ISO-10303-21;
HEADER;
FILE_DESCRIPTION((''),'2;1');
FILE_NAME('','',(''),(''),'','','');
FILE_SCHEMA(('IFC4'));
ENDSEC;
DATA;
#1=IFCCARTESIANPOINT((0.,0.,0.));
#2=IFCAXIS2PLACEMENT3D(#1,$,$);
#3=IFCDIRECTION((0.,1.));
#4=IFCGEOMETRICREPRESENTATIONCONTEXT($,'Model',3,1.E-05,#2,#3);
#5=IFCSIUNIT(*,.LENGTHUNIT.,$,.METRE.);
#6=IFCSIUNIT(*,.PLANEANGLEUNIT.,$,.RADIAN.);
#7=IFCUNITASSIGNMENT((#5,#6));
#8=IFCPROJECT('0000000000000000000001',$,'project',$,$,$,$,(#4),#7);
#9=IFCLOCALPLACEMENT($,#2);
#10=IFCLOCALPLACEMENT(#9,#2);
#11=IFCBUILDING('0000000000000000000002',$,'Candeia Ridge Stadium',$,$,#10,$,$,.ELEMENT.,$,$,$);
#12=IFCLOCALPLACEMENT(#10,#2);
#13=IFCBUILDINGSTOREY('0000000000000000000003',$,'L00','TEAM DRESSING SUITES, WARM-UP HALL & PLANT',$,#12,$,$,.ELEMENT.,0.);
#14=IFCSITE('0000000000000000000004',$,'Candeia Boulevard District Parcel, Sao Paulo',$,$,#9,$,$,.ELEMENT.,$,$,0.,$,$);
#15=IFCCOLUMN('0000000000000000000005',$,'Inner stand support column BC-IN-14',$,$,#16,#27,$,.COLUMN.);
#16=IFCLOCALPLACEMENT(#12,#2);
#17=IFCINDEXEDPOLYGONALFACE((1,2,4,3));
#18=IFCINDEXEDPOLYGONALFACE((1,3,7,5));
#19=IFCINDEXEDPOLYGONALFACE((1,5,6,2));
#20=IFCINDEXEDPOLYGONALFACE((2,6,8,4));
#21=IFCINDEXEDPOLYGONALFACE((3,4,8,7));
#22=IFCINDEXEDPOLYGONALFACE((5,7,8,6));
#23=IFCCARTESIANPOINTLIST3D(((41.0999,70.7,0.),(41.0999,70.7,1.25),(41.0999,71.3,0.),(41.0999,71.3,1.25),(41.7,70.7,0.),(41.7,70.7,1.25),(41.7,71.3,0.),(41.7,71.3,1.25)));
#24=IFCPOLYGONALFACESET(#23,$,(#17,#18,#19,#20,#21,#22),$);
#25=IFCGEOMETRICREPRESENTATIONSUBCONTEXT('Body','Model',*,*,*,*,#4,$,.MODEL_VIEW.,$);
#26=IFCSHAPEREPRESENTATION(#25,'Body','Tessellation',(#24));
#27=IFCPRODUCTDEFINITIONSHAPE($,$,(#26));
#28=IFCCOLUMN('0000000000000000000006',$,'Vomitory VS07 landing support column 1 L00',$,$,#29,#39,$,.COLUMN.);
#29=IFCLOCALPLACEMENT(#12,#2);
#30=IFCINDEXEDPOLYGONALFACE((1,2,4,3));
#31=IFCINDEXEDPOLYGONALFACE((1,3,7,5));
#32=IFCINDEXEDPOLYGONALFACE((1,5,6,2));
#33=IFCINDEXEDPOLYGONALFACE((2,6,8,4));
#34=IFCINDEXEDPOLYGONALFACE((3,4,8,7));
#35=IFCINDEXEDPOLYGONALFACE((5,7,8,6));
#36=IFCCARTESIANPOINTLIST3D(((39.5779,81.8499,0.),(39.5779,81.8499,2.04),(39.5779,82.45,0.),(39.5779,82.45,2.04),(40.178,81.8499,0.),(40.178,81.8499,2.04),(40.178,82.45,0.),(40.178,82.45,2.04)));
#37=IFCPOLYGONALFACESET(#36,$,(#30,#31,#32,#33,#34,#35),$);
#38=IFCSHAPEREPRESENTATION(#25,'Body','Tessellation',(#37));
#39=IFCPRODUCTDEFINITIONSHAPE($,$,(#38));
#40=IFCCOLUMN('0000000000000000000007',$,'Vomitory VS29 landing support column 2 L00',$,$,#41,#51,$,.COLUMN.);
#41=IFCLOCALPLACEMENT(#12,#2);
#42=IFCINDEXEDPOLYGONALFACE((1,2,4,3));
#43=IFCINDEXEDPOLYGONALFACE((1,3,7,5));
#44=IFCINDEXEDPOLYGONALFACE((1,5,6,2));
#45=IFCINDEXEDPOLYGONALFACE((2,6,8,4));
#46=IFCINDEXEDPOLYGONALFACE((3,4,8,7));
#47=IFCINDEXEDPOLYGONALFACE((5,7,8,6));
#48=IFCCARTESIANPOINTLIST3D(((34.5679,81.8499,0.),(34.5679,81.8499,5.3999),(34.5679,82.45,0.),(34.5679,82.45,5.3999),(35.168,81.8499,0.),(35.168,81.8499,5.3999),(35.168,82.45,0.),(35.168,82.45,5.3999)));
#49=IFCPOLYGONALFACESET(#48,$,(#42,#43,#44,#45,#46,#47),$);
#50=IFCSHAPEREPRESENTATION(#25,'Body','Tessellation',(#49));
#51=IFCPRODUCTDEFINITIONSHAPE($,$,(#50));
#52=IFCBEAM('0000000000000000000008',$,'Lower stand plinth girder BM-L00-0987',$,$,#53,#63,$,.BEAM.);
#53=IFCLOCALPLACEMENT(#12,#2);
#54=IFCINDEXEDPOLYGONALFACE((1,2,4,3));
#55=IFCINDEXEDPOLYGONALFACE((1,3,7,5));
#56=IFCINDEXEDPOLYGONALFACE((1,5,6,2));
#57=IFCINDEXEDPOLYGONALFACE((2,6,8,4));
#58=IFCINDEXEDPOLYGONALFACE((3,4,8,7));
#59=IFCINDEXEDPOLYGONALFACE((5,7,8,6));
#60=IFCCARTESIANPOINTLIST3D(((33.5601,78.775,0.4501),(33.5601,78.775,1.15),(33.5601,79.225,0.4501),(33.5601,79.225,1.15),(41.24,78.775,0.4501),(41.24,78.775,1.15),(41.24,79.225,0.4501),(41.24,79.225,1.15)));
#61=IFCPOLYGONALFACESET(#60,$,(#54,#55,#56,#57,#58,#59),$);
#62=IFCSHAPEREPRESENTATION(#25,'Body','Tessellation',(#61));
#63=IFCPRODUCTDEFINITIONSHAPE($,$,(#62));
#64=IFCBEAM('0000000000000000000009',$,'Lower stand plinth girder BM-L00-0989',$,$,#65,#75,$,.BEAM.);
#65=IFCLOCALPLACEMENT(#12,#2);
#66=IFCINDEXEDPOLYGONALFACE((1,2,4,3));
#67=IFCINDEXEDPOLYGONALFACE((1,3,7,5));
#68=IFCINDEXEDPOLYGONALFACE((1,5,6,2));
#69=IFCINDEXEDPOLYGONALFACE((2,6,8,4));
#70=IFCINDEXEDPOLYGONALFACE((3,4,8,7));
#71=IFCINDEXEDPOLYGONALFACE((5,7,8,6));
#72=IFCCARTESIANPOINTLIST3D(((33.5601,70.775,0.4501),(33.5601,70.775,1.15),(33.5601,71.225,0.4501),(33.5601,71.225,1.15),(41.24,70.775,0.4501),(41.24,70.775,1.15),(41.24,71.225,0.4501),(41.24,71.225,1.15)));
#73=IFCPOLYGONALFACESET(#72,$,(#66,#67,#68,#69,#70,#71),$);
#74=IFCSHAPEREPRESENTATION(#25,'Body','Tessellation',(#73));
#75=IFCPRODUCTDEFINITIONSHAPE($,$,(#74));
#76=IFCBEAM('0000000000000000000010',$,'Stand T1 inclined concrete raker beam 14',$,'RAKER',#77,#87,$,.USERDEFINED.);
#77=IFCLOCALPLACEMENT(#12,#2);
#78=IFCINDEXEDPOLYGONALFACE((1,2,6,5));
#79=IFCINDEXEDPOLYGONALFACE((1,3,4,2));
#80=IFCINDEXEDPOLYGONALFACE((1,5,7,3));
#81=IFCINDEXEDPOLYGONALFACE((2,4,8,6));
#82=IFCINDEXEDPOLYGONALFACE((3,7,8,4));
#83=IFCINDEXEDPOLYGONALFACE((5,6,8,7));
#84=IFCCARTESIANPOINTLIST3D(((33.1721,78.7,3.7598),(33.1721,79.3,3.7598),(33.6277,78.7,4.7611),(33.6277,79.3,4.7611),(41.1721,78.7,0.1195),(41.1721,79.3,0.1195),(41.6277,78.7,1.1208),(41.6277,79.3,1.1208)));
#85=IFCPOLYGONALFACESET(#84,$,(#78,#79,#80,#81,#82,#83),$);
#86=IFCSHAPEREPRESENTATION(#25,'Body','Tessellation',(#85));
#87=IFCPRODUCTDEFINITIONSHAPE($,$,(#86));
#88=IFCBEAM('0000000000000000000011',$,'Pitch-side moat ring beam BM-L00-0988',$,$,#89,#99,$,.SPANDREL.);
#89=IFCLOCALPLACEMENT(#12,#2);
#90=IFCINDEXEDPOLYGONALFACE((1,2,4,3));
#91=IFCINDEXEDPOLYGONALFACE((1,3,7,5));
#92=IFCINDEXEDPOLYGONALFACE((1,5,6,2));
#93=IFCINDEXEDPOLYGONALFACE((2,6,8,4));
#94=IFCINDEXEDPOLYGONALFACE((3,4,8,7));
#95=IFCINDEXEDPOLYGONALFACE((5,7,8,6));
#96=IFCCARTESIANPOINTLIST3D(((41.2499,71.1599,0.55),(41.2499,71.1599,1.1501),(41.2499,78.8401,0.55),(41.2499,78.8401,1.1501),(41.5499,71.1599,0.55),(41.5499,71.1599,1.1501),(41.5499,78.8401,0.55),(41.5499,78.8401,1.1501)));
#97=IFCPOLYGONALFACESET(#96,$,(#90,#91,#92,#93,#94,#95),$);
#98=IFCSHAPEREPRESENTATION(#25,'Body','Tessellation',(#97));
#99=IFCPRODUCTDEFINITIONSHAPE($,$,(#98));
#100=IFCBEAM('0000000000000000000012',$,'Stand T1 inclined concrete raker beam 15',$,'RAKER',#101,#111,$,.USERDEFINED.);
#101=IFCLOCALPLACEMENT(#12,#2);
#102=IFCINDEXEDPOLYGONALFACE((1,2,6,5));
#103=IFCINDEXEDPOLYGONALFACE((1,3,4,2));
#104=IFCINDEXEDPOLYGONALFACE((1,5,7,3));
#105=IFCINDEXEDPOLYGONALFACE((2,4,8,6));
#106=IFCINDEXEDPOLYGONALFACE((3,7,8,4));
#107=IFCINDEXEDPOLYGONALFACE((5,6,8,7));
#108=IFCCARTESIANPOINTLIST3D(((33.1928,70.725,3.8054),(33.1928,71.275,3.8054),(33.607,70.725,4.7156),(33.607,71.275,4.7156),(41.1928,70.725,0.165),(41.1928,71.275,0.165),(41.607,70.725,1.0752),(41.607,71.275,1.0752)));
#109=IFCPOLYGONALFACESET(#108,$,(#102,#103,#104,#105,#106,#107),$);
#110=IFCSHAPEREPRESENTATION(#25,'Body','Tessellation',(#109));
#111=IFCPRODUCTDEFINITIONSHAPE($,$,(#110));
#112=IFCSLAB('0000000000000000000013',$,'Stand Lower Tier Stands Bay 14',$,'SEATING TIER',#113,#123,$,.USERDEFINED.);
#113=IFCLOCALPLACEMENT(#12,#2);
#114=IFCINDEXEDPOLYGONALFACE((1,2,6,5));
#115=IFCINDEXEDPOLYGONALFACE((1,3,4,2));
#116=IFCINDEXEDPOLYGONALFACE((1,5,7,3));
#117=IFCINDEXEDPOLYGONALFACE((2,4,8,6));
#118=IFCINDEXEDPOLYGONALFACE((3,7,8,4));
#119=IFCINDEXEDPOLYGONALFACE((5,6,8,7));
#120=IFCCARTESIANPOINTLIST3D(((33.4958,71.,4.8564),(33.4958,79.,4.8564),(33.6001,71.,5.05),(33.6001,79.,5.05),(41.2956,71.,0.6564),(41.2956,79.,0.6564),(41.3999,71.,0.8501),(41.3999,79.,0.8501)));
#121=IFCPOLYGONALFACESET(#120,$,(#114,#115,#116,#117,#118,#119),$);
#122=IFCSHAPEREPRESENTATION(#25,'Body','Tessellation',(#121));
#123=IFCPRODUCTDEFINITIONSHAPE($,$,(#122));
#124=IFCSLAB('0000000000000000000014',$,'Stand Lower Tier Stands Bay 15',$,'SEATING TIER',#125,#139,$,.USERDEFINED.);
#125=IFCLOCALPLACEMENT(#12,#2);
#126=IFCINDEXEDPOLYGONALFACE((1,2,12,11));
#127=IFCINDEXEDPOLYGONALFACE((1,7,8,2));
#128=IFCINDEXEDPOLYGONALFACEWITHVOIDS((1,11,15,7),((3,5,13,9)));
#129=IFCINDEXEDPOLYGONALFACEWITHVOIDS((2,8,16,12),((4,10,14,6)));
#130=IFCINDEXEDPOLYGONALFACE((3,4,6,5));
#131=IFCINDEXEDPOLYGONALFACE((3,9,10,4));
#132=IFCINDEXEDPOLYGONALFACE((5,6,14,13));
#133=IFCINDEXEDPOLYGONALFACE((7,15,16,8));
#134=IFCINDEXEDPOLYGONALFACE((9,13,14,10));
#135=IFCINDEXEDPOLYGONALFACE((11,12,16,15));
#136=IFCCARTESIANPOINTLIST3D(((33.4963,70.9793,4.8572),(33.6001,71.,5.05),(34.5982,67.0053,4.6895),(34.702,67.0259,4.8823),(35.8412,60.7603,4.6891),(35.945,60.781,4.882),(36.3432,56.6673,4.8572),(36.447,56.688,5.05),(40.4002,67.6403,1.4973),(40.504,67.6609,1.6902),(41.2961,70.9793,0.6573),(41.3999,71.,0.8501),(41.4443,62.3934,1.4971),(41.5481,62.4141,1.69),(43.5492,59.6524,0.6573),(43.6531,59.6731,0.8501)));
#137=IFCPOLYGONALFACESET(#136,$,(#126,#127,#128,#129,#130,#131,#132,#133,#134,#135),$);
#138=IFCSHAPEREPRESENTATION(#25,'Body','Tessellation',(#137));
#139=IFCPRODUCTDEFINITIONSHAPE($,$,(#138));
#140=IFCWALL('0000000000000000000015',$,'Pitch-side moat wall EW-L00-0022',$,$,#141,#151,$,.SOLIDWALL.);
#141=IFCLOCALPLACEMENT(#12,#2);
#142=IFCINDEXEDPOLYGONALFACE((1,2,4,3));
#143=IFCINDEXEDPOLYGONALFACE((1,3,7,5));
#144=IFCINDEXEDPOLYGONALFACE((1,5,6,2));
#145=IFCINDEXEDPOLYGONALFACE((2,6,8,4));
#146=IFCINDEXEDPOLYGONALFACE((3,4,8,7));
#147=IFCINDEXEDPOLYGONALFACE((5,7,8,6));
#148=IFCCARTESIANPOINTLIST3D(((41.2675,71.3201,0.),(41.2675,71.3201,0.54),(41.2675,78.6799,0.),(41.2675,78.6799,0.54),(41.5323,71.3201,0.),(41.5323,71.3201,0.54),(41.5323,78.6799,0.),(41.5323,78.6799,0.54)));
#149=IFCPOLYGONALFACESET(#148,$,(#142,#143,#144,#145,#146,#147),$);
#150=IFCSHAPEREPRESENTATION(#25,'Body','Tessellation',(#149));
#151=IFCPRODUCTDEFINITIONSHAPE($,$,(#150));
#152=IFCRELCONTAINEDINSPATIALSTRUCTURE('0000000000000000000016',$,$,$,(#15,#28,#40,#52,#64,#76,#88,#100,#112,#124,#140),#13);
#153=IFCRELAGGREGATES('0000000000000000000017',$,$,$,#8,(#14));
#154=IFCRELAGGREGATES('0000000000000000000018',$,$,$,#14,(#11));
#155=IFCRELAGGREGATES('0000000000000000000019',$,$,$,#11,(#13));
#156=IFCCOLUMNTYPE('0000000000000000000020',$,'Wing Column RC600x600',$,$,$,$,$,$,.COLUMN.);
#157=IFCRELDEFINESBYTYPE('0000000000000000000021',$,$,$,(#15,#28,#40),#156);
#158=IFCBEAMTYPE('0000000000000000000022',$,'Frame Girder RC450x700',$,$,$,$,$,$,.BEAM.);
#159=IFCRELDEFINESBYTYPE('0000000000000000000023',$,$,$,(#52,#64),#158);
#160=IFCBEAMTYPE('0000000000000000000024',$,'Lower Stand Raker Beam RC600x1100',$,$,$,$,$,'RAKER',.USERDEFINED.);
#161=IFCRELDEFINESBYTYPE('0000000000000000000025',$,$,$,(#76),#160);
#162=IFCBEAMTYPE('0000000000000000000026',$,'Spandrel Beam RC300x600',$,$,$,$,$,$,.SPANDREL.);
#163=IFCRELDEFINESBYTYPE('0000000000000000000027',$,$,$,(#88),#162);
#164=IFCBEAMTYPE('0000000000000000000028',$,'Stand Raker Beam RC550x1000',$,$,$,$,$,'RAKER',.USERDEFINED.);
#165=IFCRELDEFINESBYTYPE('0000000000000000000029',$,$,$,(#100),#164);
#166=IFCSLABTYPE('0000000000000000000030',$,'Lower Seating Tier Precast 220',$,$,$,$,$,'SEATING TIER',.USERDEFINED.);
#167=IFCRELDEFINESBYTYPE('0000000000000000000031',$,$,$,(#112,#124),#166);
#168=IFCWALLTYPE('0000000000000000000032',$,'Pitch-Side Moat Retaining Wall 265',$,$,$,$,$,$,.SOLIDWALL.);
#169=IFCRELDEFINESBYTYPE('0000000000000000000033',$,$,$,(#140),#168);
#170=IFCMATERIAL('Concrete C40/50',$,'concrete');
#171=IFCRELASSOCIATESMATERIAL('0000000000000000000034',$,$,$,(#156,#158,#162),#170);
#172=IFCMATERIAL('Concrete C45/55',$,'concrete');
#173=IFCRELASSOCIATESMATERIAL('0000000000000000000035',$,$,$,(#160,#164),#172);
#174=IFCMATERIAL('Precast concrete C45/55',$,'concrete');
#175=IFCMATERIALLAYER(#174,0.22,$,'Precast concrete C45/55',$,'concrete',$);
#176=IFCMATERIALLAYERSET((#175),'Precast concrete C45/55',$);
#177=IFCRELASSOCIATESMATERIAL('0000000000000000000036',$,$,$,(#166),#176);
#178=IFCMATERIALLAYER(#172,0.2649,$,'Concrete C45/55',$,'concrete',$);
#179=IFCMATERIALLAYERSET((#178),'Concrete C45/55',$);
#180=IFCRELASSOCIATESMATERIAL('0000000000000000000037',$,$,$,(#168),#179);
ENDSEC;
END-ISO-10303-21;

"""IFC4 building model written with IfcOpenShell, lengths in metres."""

from ifc_helpers import new_model, si_unit, direction, frame, frame_2d, origin, origin_2d, place, context, subcontext, project, spatial, polyline, rectangle, outline, extrude, material, layer, layer_set, material_profile, profile_set, type_object, element, save


model = new_model("IFC4")

# Units and contexts
model_context = context("Model", 3, precision=1e-05, world=origin(), true_north=direction((0.0, 1.0)))
body_context = subcontext(model_context, "Body", "Model", "MODEL_VIEW")
ifc_project = project(units=[si_unit("LENGTHUNIT", "METRE"), si_unit("PLANEANGLEUNIT", "RADIAN")], contexts=[model_context])

# Site, building, storey
site_placement = place(None, origin())
site = spatial("IfcSite", under=ifc_project, at=site_placement, Name="Candeia Boulevard District Parcel, Sao Paulo", CompositionType="ELEMENT", RefElevation=0.0)
building_placement = place(site_placement, origin())
building = spatial("IfcBuilding", under=site, at=building_placement, Name="Candeia Ridge Stadium", CompositionType="ELEMENT")
storey_placement = place(building_placement, origin())
storey = spatial("IfcBuildingStorey", under=building, at=storey_placement, Name="L00", Description="TEAM DRESSING SUITES, WARM-UP HALL & PLANT", CompositionType="ELEMENT", Elevation=0.0)

# Shared definitions
ifc_material_1 = material(Name="Concrete C40/50", Category="concrete")

# Columns
ifc_material_profile_1 = material_profile(ifc_material_1, rectangle(XDim=0.6001, YDim=0.6001, at=origin_2d()), Name="RC600x600", Category="concrete")
ifc_profile_set_1 = profile_set([ifc_material_profile_1], Name="Concrete C40/50")
column_type = type_object("IfcColumnType", Name="Wing Column RC600x600", PredefinedType="COLUMN", material=ifc_profile_set_1)
for number, where, z_axis, x_axis, name in (
    (1, (41.3999, 71.0, 0.0), (0.0, 0.0, 1.0), (1.0, 0.0, 0.0), "Inner stand support column BC-IN-14"),
):
    element("IfcColumn", number, at=place(storey_placement, frame(where, z_axis=z_axis, x_axis=x_axis)), inside=storey, type_object=column_type, Name=name, PredefinedType="COLUMN", context=body_context, shape_type="SweptSolid", body=[
        extrude(rectangle(XDim=0.6001, YDim=0.6001, at=origin_2d()), origin(), (0.0, 0.0, 1.0), 1.25),
    ])
column_1_placement = place(storey_placement, frame((39.8779, 82.1499, 0.0), z_axis=(0.0, 0.0, 1.0), x_axis=(1.0, 0.0, 0.0)))
element("IfcColumn", 2, at=column_1_placement, inside=storey, type_object=column_type, Name="Vomitory VS07 landing support column 1 L00", PredefinedType="COLUMN", context=body_context, shape_type="SweptSolid", body=[
    extrude(rectangle(XDim=0.6001, YDim=0.6001, at=origin_2d()), origin(), (0.0, 0.0, 1.0), 2.04),
])
column_2_placement = place(storey_placement, frame((34.8679, 82.1499, 0.0), z_axis=(0.0, 0.0, 1.0), x_axis=(1.0, 0.0, 0.0)))
element("IfcColumn", 3, at=column_2_placement, inside=storey, type_object=column_type, Name="Vomitory VS29 landing support column 2 L00", PredefinedType="COLUMN", context=body_context, shape_type="SweptSolid", body=[
    extrude(rectangle(XDim=0.6001, YDim=0.6001, at=origin_2d()), origin(), (0.0, 0.0, 1.0), 5.3999),
])

# Beams
ifc_material_profile_2 = material_profile(ifc_material_1, rectangle(XDim=0.45, YDim=0.7, at=origin_2d()), Name="RC450x700", Category="concrete")
ifc_profile_set_2 = profile_set([ifc_material_profile_2], Name="Concrete C40/50")
beam_type_1 = type_object("IfcBeamType", Name="Frame Girder RC450x700", PredefinedType="BEAM", material=ifc_profile_set_2)
for number, where, z_axis, x_axis, name in (
    (4, (41.24, 79.0, 0.8), (-1.0, 0.0, 0.0), (0.0, -1.0, 0.0), "Lower stand plinth girder BM-L00-0987"),
    (5, (41.24, 71.0, 0.8), (-1.0, 0.0, 0.0), (0.0, -1.0, 0.0), "Lower stand plinth girder BM-L00-0989"),
):
    element("IfcBeam", number, at=place(storey_placement, frame(where, z_axis=z_axis, x_axis=x_axis)), inside=storey, type_object=beam_type_1, Name=name, PredefinedType="BEAM", context=body_context, shape_type="SweptSolid", body=[
        extrude(rectangle(XDim=0.45, YDim=0.7, at=origin_2d()), origin(), (0.0, 0.0, 1.0), 7.6799),
    ])
ifc_material_2 = material(Name="Concrete C45/55", Category="concrete")
ifc_material_profile_3 = material_profile(ifc_material_2, rectangle(XDim=0.6001, YDim=1.1001, at=origin_2d()), Name="RC600x1100", Category="concrete")
ifc_profile_set_3 = profile_set([ifc_material_profile_3], Name="Concrete C45/55")
beam_type_2 = type_object("IfcBeamType", Name="Lower Stand Raker Beam RC600x1100", ElementType="RAKER", PredefinedType="USERDEFINED", material=ifc_profile_set_3)
beam_1_placement = place(storey_placement, frame((41.3999, 79.0, 0.6201), z_axis=(-0.910194, 0.0, 0.414182), x_axis=(0.0, -1.0, 0.0)))
element("IfcBeam", 6, at=beam_1_placement, inside=storey, type_object=beam_type_2, Name="Stand T1 inclined concrete raker beam 14", ObjectType="RAKER", PredefinedType="USERDEFINED", context=body_context, shape_type="SweptSolid", body=[
    extrude(rectangle(XDim=0.6001, YDim=1.1001, at=origin_2d()), origin(), (0.0, 0.0, 1.0), 8.7893),
])
ifc_material_profile_4 = material_profile(ifc_material_1, rectangle(XDim=0.3, YDim=0.6001, at=origin_2d()), Name="RC300x600", Category="concrete")
ifc_profile_set_4 = profile_set([ifc_material_profile_4], Name="Concrete C40/50")
beam_type_3 = type_object("IfcBeamType", Name="Spandrel Beam RC300x600", PredefinedType="SPANDREL", material=ifc_profile_set_4)
beam_2_placement = place(storey_placement, frame((41.3999, 78.8401, 0.8501), z_axis=(0.0, -1.0, 0.0), x_axis=(1.0, 0.0, 0.0)))
element("IfcBeam", 7, at=beam_2_placement, inside=storey, type_object=beam_type_3, Name="Pitch-side moat ring beam BM-L00-0988", PredefinedType="SPANDREL", context=body_context, shape_type="SweptSolid", body=[
    extrude(rectangle(XDim=0.3, YDim=0.6001, at=origin_2d()), origin(), (0.0, 0.0, 1.0), 7.6802),
])
ifc_material_profile_5 = material_profile(ifc_material_2, rectangle(XDim=0.55, YDim=1.0, at=origin_2d()), Name="RC550x1000", Category="concrete")
ifc_profile_set_5 = profile_set([ifc_material_profile_5], Name="Concrete C45/55")
beam_type_4 = type_object("IfcBeamType", Name="Stand Raker Beam RC550x1000", ElementType="RAKER", PredefinedType="USERDEFINED", material=ifc_profile_set_5)
beam_3_placement = place(storey_placement, frame((41.3999, 71.0, 0.6201), z_axis=(-0.910194, 0.0, 0.414182), x_axis=(0.0, -1.0, 0.0)))
element("IfcBeam", 8, at=beam_3_placement, inside=storey, type_object=beam_type_4, Name="Stand T1 inclined concrete raker beam 15", ObjectType="RAKER", PredefinedType="USERDEFINED", context=body_context, shape_type="SweptSolid", body=[
    extrude(rectangle(XDim=0.55, YDim=1.0, at=origin_2d()), origin(), (0.0, 0.0, 1.0), 8.7893),
])

# Slabs
ifc_material_3 = material(Name="Precast concrete C45/55", Category="concrete")
ifc_layer_1 = layer(ifc_material_3, 0.22, Name="Precast concrete C45/55", Category="concrete")
ifc_layer_set_1 = layer_set([ifc_layer_1], Name="Precast concrete C45/55")
slab_type = type_object("IfcSlabType", Name="Lower Seating Tier Precast 220", ElementType="SEATING TIER", PredefinedType="USERDEFINED", material=ifc_layer_set_1)
slab_1_placement = place(storey_placement, frame((41.3999, 79.0, 0.8501), z_axis=(0.474105, 0.0, 0.880468), x_axis=(0.0, -1.0, 0.0)))
element("IfcSlab", 9, at=slab_1_placement, inside=storey, type_object=slab_type, Name="Stand Lower Tier Stands Bay 14", ObjectType="SEATING TIER", PredefinedType="USERDEFINED", context=body_context, shape_type="SweptSolid", body=[
    extrude(outline(polyline([(0.0, 0.0), (8.0, 0.0), (8.0, -8.8587), (0.0, -8.8587), (0.0, 0.0)])), origin(), (0.0, 0.0, -1.0), 0.22),
])
slab_2_placement = place(storey_placement, frame((41.3999, 71.0, 0.8501), z_axis=(0.472009, 0.093892, 0.876579), x_axis=(0.195099, -0.980784, -0.000001)))
element("IfcSlab", 10, at=slab_2_placement, inside=storey, type_object=slab_type, Name="Stand Lower Tier Stands Bay 15", ObjectType="SEATING TIER", PredefinedType="USERDEFINED", context=body_context, shape_type="SweptSolid", body=[
    extrude(outline(polyline([(0.0, 0.0), (11.5488, 0.0), (13.0707, -8.7271), (-1.5217, -8.727), (0.0, 0.0)]), holes=[polyline([(3.1001, -1.7456), (8.4499, -1.7451), (8.9584, -8.3778), (2.591, -8.3786), (3.1001, -1.7456)])]), origin(), (0.0, 0.0, -1.0), 0.22),
])

# Wall
ifc_layer_2 = layer(ifc_material_2, 0.2649, Name="Concrete C45/55", Category="concrete")
ifc_layer_set_2 = layer_set([ifc_layer_2], Name="Concrete C45/55")
wall_type = type_object("IfcWallType", Name="Pitch-Side Moat Retaining Wall 265", PredefinedType="SOLIDWALL", material=ifc_layer_set_2)
wall_placement = place(storey_placement, frame((41.3999, 78.6799, 0.0), z_axis=(0.0, 0.0, 1.0), x_axis=(0.0, -1.0, 0.0)))
element("IfcWall", 11, at=wall_placement, inside=storey, type_object=wall_type, Name="Pitch-side moat wall EW-L00-0022", PredefinedType="SOLIDWALL", context=body_context, shape_type="SweptSolid", body=[
    extrude(rectangle(XDim=7.3599, YDim=0.2649, at=frame_2d((3.6799, 0.0))), origin(), (0.0, 0.0, 1.0), 0.54),
])

save(model, "model.ifc")
